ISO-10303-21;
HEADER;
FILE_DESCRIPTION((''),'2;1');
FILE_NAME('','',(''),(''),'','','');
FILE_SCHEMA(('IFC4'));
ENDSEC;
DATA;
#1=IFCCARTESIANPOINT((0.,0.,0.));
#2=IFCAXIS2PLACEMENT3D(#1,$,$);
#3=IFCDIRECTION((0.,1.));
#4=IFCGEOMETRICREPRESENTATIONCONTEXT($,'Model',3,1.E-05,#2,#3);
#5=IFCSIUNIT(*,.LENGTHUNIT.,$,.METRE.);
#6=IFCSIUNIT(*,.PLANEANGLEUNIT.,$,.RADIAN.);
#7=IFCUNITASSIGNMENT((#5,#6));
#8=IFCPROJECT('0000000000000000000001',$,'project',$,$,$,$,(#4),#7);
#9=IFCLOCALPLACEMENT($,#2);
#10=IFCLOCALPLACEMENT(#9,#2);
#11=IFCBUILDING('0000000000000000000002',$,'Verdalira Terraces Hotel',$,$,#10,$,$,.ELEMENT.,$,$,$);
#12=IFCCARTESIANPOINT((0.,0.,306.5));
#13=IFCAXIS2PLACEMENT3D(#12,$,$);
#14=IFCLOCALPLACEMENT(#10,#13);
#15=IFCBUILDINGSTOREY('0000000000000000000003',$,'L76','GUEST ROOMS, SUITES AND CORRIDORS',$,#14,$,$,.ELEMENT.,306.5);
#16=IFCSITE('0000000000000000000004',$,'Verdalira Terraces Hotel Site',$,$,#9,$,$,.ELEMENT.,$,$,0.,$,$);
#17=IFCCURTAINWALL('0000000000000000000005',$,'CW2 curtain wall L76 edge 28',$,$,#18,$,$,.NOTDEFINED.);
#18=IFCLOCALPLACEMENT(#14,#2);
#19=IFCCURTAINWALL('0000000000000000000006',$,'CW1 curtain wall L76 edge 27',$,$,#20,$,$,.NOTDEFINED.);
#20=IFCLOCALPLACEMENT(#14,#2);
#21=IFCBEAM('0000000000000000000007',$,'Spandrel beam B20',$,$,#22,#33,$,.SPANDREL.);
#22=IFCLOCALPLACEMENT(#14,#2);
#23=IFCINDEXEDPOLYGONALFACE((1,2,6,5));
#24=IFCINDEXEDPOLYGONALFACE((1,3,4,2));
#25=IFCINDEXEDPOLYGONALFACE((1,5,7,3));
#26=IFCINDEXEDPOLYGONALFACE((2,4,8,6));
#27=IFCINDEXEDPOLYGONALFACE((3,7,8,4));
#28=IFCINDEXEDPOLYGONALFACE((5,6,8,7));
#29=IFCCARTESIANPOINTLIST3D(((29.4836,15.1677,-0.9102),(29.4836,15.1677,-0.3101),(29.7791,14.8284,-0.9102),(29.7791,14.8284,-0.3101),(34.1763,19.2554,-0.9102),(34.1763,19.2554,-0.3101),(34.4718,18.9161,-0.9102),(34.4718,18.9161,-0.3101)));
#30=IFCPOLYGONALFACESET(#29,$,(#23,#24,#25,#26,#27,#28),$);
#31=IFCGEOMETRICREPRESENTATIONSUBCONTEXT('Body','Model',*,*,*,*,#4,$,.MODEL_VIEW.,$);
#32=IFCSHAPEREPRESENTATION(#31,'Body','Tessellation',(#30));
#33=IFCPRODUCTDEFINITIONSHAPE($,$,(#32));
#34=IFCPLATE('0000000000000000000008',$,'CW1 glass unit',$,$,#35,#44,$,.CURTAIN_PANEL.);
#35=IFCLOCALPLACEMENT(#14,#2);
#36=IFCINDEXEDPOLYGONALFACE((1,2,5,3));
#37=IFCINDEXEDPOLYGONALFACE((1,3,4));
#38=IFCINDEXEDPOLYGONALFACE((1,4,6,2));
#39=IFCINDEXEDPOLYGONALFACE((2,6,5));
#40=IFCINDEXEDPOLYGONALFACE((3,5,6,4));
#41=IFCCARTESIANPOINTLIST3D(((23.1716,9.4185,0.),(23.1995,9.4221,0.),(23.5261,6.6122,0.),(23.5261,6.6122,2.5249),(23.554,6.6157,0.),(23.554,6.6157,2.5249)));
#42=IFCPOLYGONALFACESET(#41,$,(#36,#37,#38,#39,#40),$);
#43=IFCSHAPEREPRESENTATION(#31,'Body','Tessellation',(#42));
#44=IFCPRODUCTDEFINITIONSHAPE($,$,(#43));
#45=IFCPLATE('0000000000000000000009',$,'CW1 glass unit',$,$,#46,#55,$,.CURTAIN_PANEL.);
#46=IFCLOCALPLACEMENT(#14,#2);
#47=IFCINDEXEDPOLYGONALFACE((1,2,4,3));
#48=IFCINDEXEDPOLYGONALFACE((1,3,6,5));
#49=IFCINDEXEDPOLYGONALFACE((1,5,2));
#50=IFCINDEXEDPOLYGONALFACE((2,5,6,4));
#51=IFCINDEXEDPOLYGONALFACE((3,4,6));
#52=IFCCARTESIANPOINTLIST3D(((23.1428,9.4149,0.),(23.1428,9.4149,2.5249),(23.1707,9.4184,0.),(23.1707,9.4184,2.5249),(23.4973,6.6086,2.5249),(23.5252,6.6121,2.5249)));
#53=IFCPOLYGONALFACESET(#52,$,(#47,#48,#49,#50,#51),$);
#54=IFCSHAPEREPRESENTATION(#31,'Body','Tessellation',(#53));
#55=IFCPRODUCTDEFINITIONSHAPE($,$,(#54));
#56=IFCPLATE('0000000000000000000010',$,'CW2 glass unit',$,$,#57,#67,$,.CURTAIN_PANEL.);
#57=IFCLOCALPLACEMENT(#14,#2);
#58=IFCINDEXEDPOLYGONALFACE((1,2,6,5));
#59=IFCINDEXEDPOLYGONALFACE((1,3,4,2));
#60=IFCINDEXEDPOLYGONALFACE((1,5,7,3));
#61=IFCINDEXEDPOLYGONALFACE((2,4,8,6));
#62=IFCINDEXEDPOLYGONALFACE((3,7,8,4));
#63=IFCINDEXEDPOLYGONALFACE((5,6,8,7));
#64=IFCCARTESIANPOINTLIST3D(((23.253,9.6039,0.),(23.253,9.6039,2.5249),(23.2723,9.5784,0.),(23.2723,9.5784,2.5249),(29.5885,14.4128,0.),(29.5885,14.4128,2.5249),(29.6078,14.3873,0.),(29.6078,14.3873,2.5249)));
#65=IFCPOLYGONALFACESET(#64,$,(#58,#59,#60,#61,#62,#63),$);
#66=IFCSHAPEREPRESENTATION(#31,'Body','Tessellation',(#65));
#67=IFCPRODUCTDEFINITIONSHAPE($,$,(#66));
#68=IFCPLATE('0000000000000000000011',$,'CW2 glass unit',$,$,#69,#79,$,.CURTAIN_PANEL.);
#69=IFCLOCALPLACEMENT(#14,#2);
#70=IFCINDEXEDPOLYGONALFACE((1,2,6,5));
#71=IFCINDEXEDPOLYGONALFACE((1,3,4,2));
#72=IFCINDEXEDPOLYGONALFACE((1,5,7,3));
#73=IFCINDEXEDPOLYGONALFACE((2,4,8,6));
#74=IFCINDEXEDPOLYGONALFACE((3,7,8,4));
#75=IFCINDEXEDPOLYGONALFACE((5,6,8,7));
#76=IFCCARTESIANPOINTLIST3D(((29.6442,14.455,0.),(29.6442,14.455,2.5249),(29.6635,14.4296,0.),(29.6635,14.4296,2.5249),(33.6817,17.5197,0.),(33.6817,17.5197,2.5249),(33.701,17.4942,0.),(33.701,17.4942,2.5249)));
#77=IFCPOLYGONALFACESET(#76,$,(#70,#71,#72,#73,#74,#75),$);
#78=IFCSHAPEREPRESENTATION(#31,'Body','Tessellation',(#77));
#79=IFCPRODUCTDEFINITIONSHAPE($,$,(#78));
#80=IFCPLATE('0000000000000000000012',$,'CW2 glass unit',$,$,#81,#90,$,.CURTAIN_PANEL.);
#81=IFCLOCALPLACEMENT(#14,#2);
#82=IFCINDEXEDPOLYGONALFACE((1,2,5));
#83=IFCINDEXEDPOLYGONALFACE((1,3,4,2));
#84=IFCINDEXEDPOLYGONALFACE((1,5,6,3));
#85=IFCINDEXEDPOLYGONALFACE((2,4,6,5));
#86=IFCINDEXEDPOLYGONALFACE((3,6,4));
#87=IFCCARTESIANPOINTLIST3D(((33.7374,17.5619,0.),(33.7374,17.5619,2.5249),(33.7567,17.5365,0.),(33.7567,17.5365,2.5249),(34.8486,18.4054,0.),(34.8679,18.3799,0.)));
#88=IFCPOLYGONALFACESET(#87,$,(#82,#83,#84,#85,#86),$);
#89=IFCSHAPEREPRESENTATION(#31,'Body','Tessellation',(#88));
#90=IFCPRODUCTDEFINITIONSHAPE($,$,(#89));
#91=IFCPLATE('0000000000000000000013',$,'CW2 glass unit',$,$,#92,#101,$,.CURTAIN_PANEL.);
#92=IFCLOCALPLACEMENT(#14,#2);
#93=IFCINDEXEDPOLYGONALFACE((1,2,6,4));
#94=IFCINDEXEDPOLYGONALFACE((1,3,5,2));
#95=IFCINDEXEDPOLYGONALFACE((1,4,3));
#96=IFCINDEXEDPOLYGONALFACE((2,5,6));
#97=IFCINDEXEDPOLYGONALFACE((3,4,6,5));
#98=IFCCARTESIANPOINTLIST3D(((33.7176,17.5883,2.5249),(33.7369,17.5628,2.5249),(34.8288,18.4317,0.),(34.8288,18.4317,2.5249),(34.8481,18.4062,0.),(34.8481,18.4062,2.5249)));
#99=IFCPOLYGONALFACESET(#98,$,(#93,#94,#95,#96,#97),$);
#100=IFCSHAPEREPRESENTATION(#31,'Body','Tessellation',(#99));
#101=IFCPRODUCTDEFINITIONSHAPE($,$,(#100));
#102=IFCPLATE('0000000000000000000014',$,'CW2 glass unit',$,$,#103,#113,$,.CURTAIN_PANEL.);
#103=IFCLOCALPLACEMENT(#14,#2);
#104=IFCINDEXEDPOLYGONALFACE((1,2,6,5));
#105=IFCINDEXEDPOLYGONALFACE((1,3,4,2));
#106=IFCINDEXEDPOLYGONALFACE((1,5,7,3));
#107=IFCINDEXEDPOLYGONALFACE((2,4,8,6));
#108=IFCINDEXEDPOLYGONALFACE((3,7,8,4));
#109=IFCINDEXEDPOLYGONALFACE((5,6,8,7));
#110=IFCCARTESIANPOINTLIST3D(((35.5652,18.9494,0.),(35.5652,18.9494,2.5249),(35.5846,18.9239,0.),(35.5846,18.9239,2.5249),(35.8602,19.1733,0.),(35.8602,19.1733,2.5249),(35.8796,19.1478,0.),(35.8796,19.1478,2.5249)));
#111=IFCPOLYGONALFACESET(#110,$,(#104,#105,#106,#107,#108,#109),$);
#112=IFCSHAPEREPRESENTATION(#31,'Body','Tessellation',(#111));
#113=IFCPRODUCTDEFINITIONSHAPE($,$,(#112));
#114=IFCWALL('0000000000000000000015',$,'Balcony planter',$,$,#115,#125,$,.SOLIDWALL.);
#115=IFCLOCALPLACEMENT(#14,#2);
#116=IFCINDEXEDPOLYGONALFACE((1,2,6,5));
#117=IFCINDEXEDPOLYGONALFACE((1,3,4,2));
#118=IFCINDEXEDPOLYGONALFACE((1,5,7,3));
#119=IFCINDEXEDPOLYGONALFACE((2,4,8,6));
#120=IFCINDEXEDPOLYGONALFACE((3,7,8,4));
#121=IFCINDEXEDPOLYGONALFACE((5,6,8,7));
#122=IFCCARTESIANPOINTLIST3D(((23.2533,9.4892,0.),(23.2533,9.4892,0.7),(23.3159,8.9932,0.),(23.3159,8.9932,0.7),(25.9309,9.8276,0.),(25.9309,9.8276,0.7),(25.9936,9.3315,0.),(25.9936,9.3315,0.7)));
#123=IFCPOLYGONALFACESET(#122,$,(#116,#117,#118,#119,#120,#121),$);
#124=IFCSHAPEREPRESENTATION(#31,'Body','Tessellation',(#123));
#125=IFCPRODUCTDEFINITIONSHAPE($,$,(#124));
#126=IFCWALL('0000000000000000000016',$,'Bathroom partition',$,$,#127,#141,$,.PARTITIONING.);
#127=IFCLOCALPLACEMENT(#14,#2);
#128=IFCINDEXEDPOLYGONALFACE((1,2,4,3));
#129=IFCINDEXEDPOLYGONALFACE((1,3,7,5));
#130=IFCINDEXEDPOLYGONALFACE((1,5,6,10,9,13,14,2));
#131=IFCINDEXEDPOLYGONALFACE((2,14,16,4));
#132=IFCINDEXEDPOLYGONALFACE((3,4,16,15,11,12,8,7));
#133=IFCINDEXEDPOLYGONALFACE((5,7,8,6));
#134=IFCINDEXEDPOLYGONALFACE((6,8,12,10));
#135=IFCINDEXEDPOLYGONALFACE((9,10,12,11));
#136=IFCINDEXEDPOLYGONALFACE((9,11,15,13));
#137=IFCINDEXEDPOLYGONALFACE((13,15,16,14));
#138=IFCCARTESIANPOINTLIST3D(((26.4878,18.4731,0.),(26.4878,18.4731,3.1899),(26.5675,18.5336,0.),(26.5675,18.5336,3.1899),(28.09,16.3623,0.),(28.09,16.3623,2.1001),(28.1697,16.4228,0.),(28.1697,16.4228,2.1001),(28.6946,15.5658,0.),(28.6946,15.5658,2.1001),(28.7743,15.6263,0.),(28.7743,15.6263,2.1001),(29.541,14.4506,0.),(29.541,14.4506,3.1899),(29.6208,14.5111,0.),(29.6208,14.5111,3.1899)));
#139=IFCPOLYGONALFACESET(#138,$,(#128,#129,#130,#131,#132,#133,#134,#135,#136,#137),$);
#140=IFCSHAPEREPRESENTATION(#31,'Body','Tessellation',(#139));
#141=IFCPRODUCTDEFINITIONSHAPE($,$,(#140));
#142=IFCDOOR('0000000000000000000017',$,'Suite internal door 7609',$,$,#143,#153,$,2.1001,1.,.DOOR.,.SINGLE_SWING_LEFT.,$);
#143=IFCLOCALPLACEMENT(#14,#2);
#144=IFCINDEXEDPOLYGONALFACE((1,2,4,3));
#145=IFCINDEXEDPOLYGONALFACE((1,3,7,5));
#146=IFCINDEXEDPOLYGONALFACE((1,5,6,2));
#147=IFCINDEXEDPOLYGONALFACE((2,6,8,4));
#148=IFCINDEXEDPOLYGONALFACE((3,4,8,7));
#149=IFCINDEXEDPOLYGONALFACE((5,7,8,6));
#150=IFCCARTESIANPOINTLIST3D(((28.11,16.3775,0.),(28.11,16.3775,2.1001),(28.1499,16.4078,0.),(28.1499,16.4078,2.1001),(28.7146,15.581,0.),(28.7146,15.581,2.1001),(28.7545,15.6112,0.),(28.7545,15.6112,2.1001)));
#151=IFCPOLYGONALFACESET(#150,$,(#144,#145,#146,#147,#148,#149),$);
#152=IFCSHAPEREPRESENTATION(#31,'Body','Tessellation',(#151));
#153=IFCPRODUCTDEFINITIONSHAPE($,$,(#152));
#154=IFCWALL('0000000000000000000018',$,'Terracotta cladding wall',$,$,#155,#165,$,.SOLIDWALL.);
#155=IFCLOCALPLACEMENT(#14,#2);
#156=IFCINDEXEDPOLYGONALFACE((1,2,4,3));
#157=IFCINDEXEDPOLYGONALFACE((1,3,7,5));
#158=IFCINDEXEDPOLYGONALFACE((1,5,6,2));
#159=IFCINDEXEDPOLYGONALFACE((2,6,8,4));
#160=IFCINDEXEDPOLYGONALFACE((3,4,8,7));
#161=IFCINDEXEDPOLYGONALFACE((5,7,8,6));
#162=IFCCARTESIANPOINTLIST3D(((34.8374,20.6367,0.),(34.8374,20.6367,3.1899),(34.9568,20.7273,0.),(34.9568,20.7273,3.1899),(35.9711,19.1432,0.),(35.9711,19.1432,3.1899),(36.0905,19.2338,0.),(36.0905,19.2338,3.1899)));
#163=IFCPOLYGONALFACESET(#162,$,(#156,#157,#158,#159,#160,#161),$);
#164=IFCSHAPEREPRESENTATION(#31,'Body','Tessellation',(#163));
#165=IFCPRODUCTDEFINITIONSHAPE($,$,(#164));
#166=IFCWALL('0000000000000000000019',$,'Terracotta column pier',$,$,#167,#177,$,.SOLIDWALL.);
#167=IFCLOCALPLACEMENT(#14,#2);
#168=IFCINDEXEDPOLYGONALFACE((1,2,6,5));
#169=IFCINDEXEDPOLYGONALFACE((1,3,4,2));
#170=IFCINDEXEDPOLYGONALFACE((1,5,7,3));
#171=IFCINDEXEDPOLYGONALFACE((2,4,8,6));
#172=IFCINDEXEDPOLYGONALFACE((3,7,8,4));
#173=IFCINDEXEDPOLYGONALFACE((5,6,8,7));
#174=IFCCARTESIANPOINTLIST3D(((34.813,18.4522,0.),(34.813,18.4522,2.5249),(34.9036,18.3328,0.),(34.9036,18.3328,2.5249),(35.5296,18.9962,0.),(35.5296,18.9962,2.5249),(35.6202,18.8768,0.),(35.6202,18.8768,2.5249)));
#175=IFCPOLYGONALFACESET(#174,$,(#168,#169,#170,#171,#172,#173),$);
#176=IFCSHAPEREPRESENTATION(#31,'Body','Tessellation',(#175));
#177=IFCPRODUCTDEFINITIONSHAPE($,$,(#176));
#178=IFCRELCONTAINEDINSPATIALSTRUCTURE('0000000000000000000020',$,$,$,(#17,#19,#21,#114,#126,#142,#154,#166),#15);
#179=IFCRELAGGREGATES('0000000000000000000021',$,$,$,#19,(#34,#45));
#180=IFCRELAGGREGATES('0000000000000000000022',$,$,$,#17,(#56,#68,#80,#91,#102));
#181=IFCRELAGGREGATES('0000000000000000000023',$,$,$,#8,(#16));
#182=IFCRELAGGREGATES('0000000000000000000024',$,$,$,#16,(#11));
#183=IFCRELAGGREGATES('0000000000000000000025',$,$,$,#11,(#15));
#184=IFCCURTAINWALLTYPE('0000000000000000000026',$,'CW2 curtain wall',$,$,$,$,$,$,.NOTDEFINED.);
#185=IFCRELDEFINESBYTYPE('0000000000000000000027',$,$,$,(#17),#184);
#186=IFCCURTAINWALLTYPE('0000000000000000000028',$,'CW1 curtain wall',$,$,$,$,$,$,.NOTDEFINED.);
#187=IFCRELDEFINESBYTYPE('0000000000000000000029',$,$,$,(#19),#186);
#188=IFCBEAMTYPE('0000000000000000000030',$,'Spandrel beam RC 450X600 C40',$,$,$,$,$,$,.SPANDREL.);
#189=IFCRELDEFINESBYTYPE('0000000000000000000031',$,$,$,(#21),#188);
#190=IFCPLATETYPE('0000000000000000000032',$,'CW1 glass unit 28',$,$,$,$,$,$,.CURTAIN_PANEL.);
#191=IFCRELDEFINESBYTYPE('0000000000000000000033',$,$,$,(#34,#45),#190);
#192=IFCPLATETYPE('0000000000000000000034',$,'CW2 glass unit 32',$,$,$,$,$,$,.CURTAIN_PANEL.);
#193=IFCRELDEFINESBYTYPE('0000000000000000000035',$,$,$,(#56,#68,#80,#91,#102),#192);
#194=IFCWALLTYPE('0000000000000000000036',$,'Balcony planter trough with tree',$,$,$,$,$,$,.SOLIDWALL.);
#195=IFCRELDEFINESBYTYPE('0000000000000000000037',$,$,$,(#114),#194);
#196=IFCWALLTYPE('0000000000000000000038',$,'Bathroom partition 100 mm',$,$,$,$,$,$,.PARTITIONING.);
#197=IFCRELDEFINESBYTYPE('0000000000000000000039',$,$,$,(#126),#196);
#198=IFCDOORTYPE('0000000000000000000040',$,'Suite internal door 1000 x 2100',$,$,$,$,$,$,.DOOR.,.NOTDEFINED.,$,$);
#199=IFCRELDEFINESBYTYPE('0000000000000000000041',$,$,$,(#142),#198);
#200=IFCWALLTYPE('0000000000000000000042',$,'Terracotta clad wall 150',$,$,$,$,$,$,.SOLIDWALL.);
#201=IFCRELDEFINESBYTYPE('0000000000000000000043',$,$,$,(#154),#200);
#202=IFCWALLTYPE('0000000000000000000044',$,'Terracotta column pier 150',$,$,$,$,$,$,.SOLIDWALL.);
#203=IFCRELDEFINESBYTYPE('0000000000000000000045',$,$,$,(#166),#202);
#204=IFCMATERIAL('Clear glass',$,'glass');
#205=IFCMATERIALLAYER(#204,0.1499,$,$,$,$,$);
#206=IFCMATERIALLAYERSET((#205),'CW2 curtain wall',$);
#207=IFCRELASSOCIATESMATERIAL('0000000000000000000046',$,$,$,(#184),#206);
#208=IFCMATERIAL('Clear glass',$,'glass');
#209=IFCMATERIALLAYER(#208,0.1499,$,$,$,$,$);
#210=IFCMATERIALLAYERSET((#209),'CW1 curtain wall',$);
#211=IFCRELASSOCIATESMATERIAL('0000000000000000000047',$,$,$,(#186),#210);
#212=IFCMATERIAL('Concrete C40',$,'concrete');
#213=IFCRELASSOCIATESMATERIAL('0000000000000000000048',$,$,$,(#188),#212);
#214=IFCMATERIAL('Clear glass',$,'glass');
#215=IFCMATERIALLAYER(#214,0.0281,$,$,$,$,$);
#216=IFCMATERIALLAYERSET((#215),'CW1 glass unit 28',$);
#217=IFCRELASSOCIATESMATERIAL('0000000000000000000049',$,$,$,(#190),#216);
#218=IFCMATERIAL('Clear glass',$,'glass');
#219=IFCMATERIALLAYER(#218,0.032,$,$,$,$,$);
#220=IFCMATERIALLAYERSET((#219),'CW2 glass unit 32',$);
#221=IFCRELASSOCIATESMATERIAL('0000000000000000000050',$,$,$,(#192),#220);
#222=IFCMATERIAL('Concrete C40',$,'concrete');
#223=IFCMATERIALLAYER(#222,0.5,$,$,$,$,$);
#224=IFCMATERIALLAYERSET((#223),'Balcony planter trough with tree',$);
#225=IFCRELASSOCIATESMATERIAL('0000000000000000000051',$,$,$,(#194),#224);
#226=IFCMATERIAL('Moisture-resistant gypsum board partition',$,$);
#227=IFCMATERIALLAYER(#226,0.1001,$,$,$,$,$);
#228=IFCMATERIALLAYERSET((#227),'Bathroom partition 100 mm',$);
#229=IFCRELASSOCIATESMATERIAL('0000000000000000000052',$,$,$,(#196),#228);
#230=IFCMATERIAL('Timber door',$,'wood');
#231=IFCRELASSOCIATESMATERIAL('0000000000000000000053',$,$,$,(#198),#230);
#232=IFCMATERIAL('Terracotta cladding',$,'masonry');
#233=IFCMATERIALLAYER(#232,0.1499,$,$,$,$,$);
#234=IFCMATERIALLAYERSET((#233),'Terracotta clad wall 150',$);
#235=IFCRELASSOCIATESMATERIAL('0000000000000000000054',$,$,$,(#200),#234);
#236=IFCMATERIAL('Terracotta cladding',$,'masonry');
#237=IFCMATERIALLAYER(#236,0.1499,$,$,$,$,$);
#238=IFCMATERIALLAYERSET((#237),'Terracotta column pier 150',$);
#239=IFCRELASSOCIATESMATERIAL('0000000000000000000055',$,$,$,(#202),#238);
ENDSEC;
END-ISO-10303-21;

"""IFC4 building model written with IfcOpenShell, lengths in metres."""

from ifc_helpers import new_model, si_unit, direction, frame, frame_2d, origin, origin_2d, place, context, subcontext, project, spatial, polyline, rectangle, outline, extrude, material, layer, layer_set, material_profile, profile_set, type_object, element, fill, aggregate, save


model = new_model("IFC4")

# Units and contexts
model_context = context("Model", 3, precision=1e-05, world=origin(), true_north=direction((0.0, 1.0)))
body_context = subcontext(model_context, "Body", "Model", "MODEL_VIEW")
ifc_project = project(units=[si_unit("LENGTHUNIT", "METRE"), si_unit("PLANEANGLEUNIT", "RADIAN")], contexts=[model_context])

# Site, building, storey
site_placement = place(None, origin())
site = spatial("IfcSite", under=ifc_project, at=site_placement, Name="Verdalira Terraces Hotel Site", CompositionType="ELEMENT", RefElevation=0.0)
building_placement = place(site_placement, origin())
building = spatial("IfcBuilding", under=site, at=building_placement, Name="Verdalira Terraces Hotel", CompositionType="ELEMENT")
storey_placement = place(building_placement, frame((0.0, 0.0, 306.5)))
storey = spatial("IfcBuildingStorey", under=building, at=storey_placement, Name="L76", Description="GUEST ROOMS, SUITES AND CORRIDORS", CompositionType="ELEMENT", Elevation=306.5)

# Curtain wall
ifc_material_1 = material(Name="Clear glass", Category="glass")
ifc_layer_1 = layer(ifc_material_1, 0.1499)
ifc_layer_set_1 = layer_set([ifc_layer_1], Name="CW2 curtain wall")
curtain_wall_type_1 = type_object("IfcCurtainWallType", Name="CW2 curtain wall", PredefinedType="NOTDEFINED", material=ifc_layer_set_1)
curtain_wall_1_placement = place(storey_placement, origin())
curtain_wall_1 = element("IfcCurtainWall", 1, at=curtain_wall_1_placement, inside=storey, type_object=curtain_wall_type_1, Name="CW2 curtain wall L76 edge 28", PredefinedType="NOTDEFINED")

# Curtain wall
ifc_material_2 = material(Name="Clear glass", Category="glass")
ifc_layer_2 = layer(ifc_material_2, 0.1499)
ifc_layer_set_2 = layer_set([ifc_layer_2], Name="CW1 curtain wall")
curtain_wall_type_2 = type_object("IfcCurtainWallType", Name="CW1 curtain wall", PredefinedType="NOTDEFINED", material=ifc_layer_set_2)
curtain_wall_2_placement = place(storey_placement, origin())
curtain_wall_2 = element("IfcCurtainWall", 2, at=curtain_wall_2_placement, inside=storey, type_object=curtain_wall_type_2, Name="CW1 curtain wall L76 edge 27", PredefinedType="NOTDEFINED")

# Beam
ifc_material_3 = material(Name="Concrete C40", Category="concrete")
ifc_material_profile_1 = material_profile(ifc_material_3, rectangle(XDim=0.45, YDim=0.6001, at=origin_2d()), Name="RC 450X600")
ifc_profile_set_1 = profile_set([ifc_material_profile_1], Name="Concrete C40")
beam_type_1 = type_object("IfcBeamType", Name="Spandrel beam RC 450X600 C40", PredefinedType="SPANDREL", material=ifc_profile_set_1)
beam_1_placement = place(storey_placement, frame((29.6313, 14.998, -0.6101), z_axis=(0.75404, 0.656828, 0.0), x_axis=(-0.656828, 0.75404, 0.0)))
element("IfcBeam", 3, at=beam_1_placement, inside=storey, type_object=beam_type_1, Name="Spandrel beam B20", PredefinedType="SPANDREL", context=body_context, shape_type="SweptSolid", body=[
    extrude(rectangle(XDim=0.45, YDim=0.6001, at=origin_2d()), origin(), (0.0, 0.0, 1.0), 6.2234),
])

# Plates
ifc_material_4 = material(Name="Clear glass", Category="glass")
ifc_layer_3 = layer(ifc_material_4, 0.0281)
ifc_layer_set_3 = layer_set([ifc_layer_3], Name="CW1 glass unit 28")
plate_type_1 = type_object("IfcPlateType", Name="CW1 glass unit 28", PredefinedType="CURTAIN_PANEL", material=ifc_layer_set_3)
plate_1_placement = place(storey_placement, frame((23.3489, 8.0154, 1.2625), z_axis=(0.992115, 0.125333, 0.0), x_axis=(-0.125333, 0.992115, 0.0)))
plate_1 = element("IfcPlate", 4, at=plate_1_placement, type_object=plate_type_1, Name="CW1 glass unit", PredefinedType="CURTAIN_PANEL", context=body_context, shape_type="SweptSolid", body=[
    extrude(outline(polyline([(-1.4143, -1.2625), (1.4143, -1.2625), (-1.4143, 1.2625), (-1.4143, -1.2625)])), origin(), (0.0, 0.0, 1.0), 0.0281),
])
plate_2_placement = place(storey_placement, frame((23.3201, 8.0117, 1.2625), z_axis=(0.992115, 0.125333, 0.0), x_axis=(-0.125333, 0.992115, 0.0)))
plate_2 = element("IfcPlate", 5, at=plate_2_placement, type_object=plate_type_1, Name="CW1 glass unit", PredefinedType="CURTAIN_PANEL", context=body_context, shape_type="SweptSolid", body=[
    extrude(outline(polyline([(1.4143, -1.2625), (1.4143, 1.2625), (-1.4143, 1.2625), (1.4143, -1.2625)])), origin(), (0.0, 0.0, 1.0), 0.0281),
])
aggregate(curtain_wall_2, [plate_1, plate_2])
ifc_material_5 = material(Name="Clear glass", Category="glass")
ifc_layer_4 = layer(ifc_material_5, 0.032)
ifc_layer_set_4 = layer_set([ifc_layer_4], Name="CW2 glass unit 32")
plate_type_2 = type_object("IfcPlateType", Name="CW2 glass unit 32", PredefinedType="CURTAIN_PANEL", material=ifc_layer_set_4)
plate_3_placement = place(storey_placement, frame((26.4304, 11.9956, 0.0), z_axis=(0.0, 0.0, 1.0), x_axis=(0.79653, 0.604599, 0.0)))
plate_3 = element("IfcPlate", 6, at=plate_3_placement, type_object=plate_type_2, Name="CW2 glass unit", PredefinedType="CURTAIN_PANEL", context=body_context, shape_type="SweptSolid", body=[
    extrude(rectangle(XDim=7.9539, YDim=0.032, at=origin_2d()), origin(), (0.0, 0.0, 1.0), 2.5249),
])
plate_4_placement = place(storey_placement, frame((31.6726, 15.9746, 0.0), z_axis=(0.0, 0.0, 1.0), x_axis=(0.79653, 0.604599, 0.0)))
plate_4 = element("IfcPlate", 7, at=plate_4_placement, type_object=plate_type_2, Name="CW2 glass unit", PredefinedType="CURTAIN_PANEL", context=body_context, shape_type="SweptSolid", body=[
    extrude(rectangle(XDim=5.0688, YDim=0.032, at=origin_2d()), origin(), (0.0, 0.0, 1.0), 2.5249),
])
plate_5_placement = place(storey_placement, frame((34.293, 17.9836, 1.2625), z_axis=(0.604599, -0.79653, 0.0), x_axis=(0.79653, 0.604599, 0.0)))
plate_5 = element("IfcPlate", 8, at=plate_5_placement, type_object=plate_type_2, Name="CW2 glass unit", PredefinedType="CURTAIN_PANEL", context=body_context, shape_type="SweptSolid", body=[
    extrude(outline(polyline([(-0.6975, -1.2625), (0.6975, -1.2625), (-0.6975, 1.2625), (-0.6975, -1.2625)])), origin(), (0.0, 0.0, 1.0), 0.032),
])
plate_6_placement = place(storey_placement, frame((34.2732, 18.01, 1.2625), z_axis=(0.604599, -0.79653, 0.0), x_axis=(0.79653, 0.604599, 0.0)))
plate_6 = element("IfcPlate", 9, at=plate_6_placement, type_object=plate_type_2, Name="CW2 glass unit", PredefinedType="CURTAIN_PANEL", context=body_context, shape_type="SweptSolid", body=[
    extrude(outline(polyline([(0.6975, -1.2625), (0.6975, 1.2625), (-0.6975, 1.2625), (0.6975, -1.2625)])), origin(), (0.0, 0.0, 1.0), 0.032),
])
plate_7_placement = place(storey_placement, frame((35.7224, 19.0486, 0.0), z_axis=(0.0, 0.0, 1.0), x_axis=(0.79653, 0.604599, 0.0)))
plate_7 = element("IfcPlate", 10, at=plate_7_placement, type_object=plate_type_2, Name="CW2 glass unit", PredefinedType="CURTAIN_PANEL", context=body_context, shape_type="SweptSolid", body=[
    extrude(rectangle(XDim=0.3704, YDim=0.032, at=origin_2d()), origin(), (0.0, 0.0, 1.0), 2.5249),
])
aggregate(curtain_wall_1, [plate_3, plate_4, plate_5, plate_6, plate_7])

# Wall
ifc_material_6 = material(Name="Concrete C40", Category="concrete")
ifc_layer_5 = layer(ifc_material_6, 0.5)
ifc_layer_set_5 = layer_set([ifc_layer_5], Name="Balcony planter trough with tree")
wall_type_1 = type_object("IfcWallType", Name="Balcony planter trough with tree", PredefinedType="SOLIDWALL", material=ifc_layer_set_5)
wall_1_placement = place(storey_placement, frame((25.9624, 9.5796, 0.0), z_axis=(0.0, 0.0, 1.0), x_axis=(-0.99211, -0.125371, 0.0)))
element("IfcWall", 11, at=wall_1_placement, inside=storey, type_object=wall_type_1, Name="Balcony planter", PredefinedType="SOLIDWALL", context=body_context, shape_type="SweptSolid", body=[
    extrude(rectangle(XDim=2.699, YDim=0.5, at=frame_2d((1.3496, 0.0))), origin(), (0.0, 0.0, 1.0), 0.7),
])

# Wall, opening, door
ifc_material_7 = material(Name="Moisture-resistant gypsum board partition")
ifc_layer_6 = layer(ifc_material_7, 0.1001)
ifc_layer_set_6 = layer_set([ifc_layer_6], Name="Bathroom partition 100 mm")
wall_type_2 = type_object("IfcWallType", Name="Bathroom partition 100 mm", PredefinedType="PARTITIONING", material=ifc_layer_set_6)
wall_2_placement = place(storey_placement, frame((29.5808, 14.481, 0.0), z_axis=(0.0, 0.0, 1.0), x_axis=(-0.6046, 0.796529, 0.0)))
wall_2 = element("IfcWall", 12, at=wall_2_placement, inside=storey, type_object=wall_type_2, Name="Bathroom partition", PredefinedType="PARTITIONING", context=body_context, shape_type="SweptSolid", body=[
    extrude(rectangle(XDim=5.05, YDim=0.1001, at=frame_2d((2.5249, 0.0))), origin(), (0.0, 0.0, 1.0), 3.1899),
])
opening_1_placement = place(wall_2_placement, frame((1.3999, 0.0, 0.0)))
opening_1 = element("IfcOpeningElement", 13, at=opening_1_placement, cuts=wall_2, PredefinedType="OPENING", context=body_context, shape_type="SweptSolid", body=[
    extrude(rectangle(XDim=1.0, YDim=2.1001, at=frame_2d((0.5, 1.05))), frame((0.0, 0.0601, 0.0), z_axis=(0.0, -1.0, 0.0), x_axis=(1.0, 0.0, 0.0)), (0.0, 0.0, 1.0), 0.1201),
])
ifc_material_8 = material(Name="Timber door", Category="wood")
door_type_1 = type_object("IfcDoorType", Name="Suite internal door 1000 x 2100", OperationType="NOTDEFINED", PredefinedType="DOOR", material=ifc_material_8)
door_1_placement = place(opening_1_placement, origin())
door_1 = element("IfcDoor", 14, at=door_1_placement, inside=storey, type_object=door_type_1, Name="Suite internal door 7609", OperationType="SINGLE_SWING_LEFT", OverallHeight=2.1001, OverallWidth=1.0, PredefinedType="DOOR", context=body_context, shape_type="SweptSolid", body=[
    extrude(rectangle(XDim=1.0, YDim=2.1001, at=frame_2d((0.5, 1.05))), frame((0.0, 0.0249, 0.0), z_axis=(0.0, -1.0, 0.0), x_axis=(1.0, 0.0, 0.0)), (0.0, 0.0, 1.0), 0.05),
])
fill(opening_1, door_1)

# Walls
ifc_material_9 = material(Name="Terracotta cladding", Category="masonry")
ifc_layer_7 = layer(ifc_material_9, 0.1499)
ifc_layer_set_7 = layer_set([ifc_layer_7], Name="Terracotta clad wall 150")
wall_type_3 = type_object("IfcWallType", Name="Terracotta clad wall 150", PredefinedType="SOLIDWALL", material=ifc_layer_set_7)
wall_3_placement = place(storey_placement, frame((36.0308, 19.1885, 0.0), z_axis=(0.0, 0.0, 1.0), x_axis=(-0.604595, 0.796533, 0.0)))
element("IfcWall", 15, at=wall_3_placement, inside=storey, type_object=wall_type_3, Name="Terracotta cladding wall", PredefinedType="SOLIDWALL", context=body_context, shape_type="SweptSolid", body=[
    extrude(rectangle(XDim=1.875, YDim=0.1499, at=frame_2d((0.9375, 0.0))), origin(), (0.0, 0.0, 1.0), 3.1899),
])
ifc_material_10 = material(Name="Terracotta cladding", Category="masonry")
ifc_layer_8 = layer(ifc_material_10, 0.1499)
ifc_layer_set_8 = layer_set([ifc_layer_8], Name="Terracotta column pier 150")
wall_type_4 = type_object("IfcWallType", Name="Terracotta column pier 150", PredefinedType="SOLIDWALL", material=ifc_layer_set_8)
wall_4_placement = place(storey_placement, frame((34.8584, 18.3926, 0.0), z_axis=(0.0, 0.0, 1.0), x_axis=(0.796502, 0.604636, 0.0)))
element("IfcWall", 16, at=wall_4_placement, inside=storey, type_object=wall_type_4, Name="Terracotta column pier", PredefinedType="SOLIDWALL", context=body_context, shape_type="SweptSolid", body=[
    extrude(rectangle(XDim=0.8997, YDim=0.1499, at=frame_2d((0.4497, 0.0))), origin(), (0.0, 0.0, 1.0), 2.5249),
])

save(model, "model.ifc")
